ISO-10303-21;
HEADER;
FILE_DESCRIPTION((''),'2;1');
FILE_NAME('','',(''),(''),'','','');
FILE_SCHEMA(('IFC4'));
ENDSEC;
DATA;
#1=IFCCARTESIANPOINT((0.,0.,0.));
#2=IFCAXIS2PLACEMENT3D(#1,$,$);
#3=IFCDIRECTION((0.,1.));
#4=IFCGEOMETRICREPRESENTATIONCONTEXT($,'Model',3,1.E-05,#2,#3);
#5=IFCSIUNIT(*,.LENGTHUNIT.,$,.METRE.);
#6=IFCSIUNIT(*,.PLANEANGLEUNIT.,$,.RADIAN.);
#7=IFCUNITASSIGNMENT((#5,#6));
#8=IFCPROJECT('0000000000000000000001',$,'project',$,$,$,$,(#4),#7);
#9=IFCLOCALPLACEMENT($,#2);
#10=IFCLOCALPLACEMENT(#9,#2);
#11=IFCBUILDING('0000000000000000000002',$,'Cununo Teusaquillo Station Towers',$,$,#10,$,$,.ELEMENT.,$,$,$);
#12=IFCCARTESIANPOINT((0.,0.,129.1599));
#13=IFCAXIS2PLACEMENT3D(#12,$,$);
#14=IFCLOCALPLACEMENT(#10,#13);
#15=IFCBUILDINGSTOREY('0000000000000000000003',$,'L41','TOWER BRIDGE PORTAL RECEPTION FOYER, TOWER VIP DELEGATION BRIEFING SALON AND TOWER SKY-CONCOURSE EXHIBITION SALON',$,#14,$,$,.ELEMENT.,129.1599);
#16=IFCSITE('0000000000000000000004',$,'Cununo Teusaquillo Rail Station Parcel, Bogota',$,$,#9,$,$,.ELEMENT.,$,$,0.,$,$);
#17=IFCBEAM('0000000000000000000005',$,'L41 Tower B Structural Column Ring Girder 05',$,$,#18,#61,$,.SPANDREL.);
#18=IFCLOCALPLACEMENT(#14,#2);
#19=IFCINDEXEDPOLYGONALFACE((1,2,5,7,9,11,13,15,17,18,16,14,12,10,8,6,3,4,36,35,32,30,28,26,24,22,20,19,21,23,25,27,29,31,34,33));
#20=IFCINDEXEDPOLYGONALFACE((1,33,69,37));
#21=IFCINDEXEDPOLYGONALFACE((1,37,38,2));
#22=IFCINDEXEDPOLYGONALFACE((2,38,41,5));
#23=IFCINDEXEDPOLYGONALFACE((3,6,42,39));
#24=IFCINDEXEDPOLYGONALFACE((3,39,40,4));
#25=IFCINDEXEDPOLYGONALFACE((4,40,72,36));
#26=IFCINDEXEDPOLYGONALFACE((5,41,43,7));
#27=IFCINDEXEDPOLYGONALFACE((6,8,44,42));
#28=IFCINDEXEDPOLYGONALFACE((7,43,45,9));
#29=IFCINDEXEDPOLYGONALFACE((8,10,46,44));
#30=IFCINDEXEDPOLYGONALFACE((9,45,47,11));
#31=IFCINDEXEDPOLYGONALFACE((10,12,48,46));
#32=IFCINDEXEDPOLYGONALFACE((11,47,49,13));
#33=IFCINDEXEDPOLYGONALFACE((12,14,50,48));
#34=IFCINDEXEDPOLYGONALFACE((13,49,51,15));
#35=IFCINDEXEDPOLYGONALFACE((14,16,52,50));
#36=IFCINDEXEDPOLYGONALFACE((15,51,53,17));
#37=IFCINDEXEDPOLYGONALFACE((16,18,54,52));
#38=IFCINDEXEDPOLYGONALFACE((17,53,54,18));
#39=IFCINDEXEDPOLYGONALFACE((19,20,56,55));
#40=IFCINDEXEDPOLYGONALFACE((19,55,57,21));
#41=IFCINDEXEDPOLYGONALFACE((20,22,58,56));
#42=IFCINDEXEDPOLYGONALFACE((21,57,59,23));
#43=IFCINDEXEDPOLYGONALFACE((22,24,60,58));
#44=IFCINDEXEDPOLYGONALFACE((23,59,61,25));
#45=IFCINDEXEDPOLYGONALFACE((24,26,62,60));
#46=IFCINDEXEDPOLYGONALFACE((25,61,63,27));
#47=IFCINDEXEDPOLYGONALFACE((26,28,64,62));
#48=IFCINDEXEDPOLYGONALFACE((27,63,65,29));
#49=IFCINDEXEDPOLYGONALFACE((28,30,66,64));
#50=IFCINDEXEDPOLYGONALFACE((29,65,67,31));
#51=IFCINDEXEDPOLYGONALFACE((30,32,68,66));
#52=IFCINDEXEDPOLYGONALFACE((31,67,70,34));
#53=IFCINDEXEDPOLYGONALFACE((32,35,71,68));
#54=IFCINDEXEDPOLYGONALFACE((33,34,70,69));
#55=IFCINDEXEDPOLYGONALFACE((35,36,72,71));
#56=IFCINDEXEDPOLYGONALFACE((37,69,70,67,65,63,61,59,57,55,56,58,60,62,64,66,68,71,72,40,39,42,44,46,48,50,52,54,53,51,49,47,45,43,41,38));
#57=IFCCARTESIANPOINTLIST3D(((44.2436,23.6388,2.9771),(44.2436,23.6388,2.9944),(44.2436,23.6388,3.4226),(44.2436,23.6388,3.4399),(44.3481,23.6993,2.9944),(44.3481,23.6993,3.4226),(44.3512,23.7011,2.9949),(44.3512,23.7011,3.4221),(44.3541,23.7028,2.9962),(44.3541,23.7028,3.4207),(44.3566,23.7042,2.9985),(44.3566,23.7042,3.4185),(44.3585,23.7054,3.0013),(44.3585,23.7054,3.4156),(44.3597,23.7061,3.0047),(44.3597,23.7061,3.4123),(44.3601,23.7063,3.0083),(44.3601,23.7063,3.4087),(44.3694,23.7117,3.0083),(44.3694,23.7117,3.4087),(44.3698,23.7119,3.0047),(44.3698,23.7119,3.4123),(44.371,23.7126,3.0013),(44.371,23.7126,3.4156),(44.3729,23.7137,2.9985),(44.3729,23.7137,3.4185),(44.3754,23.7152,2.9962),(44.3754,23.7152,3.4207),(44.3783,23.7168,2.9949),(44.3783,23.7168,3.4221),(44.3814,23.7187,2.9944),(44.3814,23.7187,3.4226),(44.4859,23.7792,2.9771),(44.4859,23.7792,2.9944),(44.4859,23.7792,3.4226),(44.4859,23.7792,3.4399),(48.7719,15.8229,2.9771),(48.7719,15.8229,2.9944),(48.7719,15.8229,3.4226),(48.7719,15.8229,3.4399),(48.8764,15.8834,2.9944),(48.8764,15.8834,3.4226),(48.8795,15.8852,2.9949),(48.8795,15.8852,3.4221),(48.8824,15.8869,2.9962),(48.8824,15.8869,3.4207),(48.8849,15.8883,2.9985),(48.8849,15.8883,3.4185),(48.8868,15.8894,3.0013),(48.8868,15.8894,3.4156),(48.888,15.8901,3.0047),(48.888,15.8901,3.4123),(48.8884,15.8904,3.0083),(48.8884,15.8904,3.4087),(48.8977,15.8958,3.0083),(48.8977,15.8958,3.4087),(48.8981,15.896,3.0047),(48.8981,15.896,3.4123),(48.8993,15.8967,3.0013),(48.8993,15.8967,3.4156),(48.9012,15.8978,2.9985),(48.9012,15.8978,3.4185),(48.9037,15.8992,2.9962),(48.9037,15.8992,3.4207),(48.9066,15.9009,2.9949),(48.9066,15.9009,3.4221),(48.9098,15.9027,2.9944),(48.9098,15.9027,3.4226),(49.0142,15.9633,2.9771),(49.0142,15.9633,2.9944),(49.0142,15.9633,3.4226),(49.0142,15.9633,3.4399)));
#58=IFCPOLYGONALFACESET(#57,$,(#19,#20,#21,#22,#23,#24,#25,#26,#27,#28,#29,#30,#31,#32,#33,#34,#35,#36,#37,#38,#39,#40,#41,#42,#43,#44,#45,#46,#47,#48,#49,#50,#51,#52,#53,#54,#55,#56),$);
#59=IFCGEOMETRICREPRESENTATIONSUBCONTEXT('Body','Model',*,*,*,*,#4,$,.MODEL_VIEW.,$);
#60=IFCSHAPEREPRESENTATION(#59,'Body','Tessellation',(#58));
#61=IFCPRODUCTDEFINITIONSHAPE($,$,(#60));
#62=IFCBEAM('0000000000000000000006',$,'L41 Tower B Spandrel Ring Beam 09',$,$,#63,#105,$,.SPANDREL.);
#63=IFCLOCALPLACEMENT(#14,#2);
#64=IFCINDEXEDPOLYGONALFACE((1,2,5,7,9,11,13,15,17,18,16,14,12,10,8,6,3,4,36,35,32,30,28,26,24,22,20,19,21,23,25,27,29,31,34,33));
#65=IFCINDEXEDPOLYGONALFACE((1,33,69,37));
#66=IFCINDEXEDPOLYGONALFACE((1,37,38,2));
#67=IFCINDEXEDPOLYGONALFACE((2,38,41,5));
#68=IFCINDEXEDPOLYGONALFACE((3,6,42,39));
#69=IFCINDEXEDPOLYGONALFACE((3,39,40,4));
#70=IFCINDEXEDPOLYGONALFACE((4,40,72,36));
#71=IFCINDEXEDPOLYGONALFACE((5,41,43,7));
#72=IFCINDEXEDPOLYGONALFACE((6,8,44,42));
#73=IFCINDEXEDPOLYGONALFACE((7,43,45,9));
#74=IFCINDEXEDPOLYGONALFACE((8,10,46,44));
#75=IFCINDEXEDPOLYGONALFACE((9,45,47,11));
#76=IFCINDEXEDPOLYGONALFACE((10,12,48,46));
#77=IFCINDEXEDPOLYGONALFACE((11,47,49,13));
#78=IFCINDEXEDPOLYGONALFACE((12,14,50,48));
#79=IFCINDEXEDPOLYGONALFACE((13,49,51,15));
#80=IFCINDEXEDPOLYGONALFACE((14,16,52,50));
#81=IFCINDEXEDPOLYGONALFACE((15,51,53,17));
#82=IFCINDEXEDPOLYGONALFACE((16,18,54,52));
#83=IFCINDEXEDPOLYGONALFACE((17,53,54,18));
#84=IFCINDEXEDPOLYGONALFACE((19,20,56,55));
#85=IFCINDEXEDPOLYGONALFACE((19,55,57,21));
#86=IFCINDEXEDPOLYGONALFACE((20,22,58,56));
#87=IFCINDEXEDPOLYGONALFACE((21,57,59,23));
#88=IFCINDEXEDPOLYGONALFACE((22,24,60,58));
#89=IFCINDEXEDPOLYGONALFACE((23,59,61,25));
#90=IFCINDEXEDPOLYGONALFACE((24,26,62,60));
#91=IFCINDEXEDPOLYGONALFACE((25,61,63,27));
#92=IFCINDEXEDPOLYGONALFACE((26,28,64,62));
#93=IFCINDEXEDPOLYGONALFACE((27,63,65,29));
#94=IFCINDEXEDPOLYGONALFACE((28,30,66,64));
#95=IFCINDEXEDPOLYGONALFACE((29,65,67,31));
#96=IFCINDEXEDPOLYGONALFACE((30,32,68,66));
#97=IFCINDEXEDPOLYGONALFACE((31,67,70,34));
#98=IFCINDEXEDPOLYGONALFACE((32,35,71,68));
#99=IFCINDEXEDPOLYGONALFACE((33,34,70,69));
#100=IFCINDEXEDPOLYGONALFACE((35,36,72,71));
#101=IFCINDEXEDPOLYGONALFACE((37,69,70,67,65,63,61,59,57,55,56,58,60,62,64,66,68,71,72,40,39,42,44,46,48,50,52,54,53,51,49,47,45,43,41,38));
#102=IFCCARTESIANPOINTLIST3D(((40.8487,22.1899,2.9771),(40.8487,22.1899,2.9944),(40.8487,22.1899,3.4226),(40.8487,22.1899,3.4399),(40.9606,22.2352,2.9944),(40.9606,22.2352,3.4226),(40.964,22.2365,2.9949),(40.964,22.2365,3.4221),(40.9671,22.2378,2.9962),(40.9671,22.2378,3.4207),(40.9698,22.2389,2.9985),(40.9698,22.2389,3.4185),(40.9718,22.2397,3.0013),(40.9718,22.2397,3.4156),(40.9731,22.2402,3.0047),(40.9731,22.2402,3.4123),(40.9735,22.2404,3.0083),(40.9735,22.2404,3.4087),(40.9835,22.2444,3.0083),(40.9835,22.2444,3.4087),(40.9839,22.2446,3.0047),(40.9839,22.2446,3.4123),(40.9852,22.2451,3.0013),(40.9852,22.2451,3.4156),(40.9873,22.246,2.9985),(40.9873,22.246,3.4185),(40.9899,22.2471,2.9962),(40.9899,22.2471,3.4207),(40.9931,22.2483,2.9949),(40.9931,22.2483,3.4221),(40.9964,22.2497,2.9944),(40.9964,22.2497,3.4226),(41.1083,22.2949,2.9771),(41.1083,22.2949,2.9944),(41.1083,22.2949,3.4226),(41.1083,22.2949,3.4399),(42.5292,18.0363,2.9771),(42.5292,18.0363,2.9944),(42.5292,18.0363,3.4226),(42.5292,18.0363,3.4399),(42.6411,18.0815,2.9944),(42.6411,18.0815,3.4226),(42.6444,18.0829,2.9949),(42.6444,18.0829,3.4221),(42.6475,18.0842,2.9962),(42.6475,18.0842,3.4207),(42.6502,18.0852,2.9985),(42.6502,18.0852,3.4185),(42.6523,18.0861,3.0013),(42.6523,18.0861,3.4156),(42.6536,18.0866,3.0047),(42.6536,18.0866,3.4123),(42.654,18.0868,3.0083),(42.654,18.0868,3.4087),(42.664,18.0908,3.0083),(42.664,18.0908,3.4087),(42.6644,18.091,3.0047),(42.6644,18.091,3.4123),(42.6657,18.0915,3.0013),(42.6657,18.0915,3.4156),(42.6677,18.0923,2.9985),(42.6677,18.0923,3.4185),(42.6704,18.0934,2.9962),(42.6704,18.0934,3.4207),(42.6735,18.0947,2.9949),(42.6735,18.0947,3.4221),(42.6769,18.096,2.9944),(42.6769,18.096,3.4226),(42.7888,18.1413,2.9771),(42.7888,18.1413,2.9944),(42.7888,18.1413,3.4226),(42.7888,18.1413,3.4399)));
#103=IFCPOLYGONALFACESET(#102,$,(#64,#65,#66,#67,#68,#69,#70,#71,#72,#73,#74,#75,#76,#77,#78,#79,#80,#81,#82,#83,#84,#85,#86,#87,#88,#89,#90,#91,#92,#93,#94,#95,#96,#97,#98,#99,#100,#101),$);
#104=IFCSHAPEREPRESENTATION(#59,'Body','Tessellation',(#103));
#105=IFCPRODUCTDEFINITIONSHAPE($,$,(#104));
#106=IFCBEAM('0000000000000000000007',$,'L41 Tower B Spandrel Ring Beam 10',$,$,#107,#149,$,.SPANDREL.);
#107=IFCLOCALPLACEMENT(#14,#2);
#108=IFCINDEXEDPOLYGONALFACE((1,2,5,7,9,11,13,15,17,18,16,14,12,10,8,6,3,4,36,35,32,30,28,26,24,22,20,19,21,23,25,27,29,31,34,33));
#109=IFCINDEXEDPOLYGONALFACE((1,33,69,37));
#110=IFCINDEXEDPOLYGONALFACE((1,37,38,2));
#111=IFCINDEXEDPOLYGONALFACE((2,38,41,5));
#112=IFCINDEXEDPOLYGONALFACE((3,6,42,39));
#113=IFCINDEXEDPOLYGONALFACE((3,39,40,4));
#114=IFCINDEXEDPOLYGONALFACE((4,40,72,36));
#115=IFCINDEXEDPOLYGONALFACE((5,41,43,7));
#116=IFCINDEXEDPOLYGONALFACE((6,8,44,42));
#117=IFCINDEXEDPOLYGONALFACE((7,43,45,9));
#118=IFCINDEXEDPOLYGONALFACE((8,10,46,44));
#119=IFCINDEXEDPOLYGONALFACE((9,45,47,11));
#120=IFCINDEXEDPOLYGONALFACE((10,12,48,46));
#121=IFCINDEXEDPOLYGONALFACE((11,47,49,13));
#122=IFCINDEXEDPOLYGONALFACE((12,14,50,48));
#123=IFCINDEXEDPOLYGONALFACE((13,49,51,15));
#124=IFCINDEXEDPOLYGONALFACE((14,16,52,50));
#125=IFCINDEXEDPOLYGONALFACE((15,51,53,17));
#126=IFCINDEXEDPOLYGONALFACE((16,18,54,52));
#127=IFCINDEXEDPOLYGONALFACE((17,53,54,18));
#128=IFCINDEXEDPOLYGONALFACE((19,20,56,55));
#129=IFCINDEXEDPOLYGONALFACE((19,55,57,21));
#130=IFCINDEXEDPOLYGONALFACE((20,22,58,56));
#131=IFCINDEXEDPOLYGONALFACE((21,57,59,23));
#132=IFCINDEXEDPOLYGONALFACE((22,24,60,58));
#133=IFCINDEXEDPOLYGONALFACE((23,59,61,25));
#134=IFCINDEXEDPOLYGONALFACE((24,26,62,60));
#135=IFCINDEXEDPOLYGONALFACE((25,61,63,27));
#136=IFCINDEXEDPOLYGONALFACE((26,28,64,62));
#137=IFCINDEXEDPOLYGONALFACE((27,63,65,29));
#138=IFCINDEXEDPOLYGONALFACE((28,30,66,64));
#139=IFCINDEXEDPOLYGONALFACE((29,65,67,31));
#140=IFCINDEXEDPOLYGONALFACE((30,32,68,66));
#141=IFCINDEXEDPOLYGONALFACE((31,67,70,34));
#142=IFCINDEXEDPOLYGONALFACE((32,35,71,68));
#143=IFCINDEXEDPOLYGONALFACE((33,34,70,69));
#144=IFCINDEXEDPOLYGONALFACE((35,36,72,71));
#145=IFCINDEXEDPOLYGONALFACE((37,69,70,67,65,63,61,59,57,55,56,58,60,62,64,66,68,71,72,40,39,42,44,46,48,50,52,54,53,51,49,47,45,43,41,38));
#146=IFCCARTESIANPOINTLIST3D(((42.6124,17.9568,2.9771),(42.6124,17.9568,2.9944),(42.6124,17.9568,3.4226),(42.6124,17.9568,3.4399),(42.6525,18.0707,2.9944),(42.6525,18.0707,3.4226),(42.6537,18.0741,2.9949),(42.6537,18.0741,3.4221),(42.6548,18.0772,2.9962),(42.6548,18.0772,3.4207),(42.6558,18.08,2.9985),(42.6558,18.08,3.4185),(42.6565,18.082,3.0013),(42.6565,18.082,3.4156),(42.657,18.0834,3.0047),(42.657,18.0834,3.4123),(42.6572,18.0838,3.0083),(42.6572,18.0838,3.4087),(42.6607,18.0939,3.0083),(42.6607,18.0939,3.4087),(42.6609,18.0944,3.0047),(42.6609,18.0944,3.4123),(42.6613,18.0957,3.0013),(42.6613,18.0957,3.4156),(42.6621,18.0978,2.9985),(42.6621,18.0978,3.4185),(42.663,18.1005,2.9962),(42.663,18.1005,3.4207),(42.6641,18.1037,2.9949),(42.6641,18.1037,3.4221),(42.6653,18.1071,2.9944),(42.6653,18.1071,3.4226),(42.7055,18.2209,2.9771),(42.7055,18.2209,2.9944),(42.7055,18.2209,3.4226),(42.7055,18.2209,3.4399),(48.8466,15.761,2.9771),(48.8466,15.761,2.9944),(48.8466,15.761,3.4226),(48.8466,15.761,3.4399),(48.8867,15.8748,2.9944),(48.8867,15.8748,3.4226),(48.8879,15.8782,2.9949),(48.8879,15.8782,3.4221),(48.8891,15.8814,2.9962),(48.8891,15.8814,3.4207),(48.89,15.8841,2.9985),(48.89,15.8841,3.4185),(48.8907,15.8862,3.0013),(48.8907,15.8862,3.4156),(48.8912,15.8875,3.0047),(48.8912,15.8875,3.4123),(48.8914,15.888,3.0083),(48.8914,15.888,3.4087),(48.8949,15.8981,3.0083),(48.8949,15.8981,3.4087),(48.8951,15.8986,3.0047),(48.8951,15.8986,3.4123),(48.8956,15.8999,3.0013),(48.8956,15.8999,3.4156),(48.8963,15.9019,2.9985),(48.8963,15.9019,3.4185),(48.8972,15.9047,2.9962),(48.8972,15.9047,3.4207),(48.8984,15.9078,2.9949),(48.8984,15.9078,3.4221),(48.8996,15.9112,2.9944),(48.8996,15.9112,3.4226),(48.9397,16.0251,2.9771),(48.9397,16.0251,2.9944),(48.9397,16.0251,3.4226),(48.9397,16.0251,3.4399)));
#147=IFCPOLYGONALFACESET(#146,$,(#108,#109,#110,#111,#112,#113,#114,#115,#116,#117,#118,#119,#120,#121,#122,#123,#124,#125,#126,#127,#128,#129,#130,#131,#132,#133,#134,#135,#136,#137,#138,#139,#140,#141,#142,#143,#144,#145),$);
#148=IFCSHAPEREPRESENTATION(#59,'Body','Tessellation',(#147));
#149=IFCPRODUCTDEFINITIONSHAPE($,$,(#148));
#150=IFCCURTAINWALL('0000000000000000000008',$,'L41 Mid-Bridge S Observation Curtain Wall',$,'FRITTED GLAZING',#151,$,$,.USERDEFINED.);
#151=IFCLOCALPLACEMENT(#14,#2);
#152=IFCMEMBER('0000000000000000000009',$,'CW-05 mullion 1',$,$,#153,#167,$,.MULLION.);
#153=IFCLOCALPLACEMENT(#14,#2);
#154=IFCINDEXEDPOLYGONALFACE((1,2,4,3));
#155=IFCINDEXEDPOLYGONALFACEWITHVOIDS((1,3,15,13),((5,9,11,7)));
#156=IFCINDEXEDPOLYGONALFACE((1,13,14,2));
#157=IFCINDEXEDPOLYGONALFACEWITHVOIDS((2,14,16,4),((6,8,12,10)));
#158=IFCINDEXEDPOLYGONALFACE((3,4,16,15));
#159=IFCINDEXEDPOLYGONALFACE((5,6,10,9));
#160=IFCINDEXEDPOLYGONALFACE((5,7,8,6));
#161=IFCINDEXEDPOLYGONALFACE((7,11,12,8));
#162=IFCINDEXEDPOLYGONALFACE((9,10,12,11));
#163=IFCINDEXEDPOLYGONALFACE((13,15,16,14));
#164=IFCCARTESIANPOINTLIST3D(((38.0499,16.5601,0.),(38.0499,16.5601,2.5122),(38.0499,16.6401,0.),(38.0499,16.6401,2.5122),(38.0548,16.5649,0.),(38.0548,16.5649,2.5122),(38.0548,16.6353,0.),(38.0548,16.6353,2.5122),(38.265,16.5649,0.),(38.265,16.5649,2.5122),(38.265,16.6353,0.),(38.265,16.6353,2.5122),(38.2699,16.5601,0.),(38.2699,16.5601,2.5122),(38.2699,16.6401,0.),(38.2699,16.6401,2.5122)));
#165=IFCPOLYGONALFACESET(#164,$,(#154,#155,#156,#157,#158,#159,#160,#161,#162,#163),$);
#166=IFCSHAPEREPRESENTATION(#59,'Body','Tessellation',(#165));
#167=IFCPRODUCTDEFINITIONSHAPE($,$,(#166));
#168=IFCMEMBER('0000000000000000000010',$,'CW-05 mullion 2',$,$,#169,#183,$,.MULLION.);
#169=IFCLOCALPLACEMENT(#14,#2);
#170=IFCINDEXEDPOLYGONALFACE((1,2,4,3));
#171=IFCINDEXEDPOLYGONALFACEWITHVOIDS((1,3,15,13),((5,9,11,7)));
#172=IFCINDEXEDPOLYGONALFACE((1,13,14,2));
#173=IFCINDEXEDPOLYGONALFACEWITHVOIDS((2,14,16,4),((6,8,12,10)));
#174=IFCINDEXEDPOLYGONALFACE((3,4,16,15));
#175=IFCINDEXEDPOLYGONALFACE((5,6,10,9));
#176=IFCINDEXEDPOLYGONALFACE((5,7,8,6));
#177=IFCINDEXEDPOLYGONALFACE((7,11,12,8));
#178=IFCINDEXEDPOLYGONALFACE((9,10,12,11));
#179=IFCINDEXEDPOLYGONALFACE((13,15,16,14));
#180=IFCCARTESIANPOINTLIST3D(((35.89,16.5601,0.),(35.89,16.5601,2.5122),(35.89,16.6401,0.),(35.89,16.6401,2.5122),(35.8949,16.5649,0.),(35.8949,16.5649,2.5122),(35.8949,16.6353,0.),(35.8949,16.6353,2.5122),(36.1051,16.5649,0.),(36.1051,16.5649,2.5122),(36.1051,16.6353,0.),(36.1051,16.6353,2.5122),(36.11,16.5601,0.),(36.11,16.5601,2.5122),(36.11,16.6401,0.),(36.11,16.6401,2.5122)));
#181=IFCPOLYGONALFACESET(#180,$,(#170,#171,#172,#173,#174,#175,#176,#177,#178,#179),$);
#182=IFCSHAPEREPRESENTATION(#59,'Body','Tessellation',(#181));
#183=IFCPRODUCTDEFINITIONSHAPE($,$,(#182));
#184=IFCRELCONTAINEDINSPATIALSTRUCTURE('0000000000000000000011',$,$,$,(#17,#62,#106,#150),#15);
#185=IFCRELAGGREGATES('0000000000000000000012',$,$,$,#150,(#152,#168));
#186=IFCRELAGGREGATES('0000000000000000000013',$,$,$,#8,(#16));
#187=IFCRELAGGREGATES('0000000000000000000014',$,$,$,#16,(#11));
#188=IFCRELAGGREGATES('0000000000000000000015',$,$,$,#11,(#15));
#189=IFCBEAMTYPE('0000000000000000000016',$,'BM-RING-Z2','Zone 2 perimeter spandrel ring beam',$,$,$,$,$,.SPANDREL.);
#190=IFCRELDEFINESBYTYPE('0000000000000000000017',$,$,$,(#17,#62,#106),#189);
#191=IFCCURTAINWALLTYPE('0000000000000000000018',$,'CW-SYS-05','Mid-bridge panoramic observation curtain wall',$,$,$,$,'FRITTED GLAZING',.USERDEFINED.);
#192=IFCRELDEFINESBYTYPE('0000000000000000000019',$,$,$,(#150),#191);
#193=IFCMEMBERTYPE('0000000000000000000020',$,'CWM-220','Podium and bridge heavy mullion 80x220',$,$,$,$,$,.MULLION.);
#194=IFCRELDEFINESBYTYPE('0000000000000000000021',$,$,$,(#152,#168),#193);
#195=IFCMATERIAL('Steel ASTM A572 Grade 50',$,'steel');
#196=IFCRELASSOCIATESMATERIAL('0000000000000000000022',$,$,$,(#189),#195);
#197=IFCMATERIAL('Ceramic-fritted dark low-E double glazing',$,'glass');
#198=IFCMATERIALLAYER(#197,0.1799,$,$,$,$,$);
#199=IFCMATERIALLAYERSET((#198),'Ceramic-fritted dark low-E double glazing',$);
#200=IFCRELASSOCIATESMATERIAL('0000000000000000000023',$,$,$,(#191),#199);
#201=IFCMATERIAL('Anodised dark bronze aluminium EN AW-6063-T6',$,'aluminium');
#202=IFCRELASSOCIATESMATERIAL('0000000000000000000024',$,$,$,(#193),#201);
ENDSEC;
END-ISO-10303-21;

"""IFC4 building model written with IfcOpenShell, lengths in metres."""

from ifc_helpers import new_model, si_unit, direction, frame, origin, origin_2d, place, context, subcontext, project, spatial, hollow_rectangle, i_section, extrude, material, layer, layer_set, material_profile, profile_set, type_object, element, aggregate, save


model = new_model("IFC4")

# Units and contexts
model_context = context("Model", 3, precision=1e-05, world=origin(), true_north=direction((0.0, 1.0)))
body_context = subcontext(model_context, "Body", "Model", "MODEL_VIEW")
ifc_project = project(units=[si_unit("LENGTHUNIT", "METRE"), si_unit("PLANEANGLEUNIT", "RADIAN")], contexts=[model_context])

# Site, building, storey
site_placement = place(None, origin())
site = spatial("IfcSite", under=ifc_project, at=site_placement, Name="Cununo Teusaquillo Rail Station Parcel, Bogota", CompositionType="ELEMENT", RefElevation=0.0)
building_placement = place(site_placement, origin())
building = spatial("IfcBuilding", under=site, at=building_placement, Name="Cununo Teusaquillo Station Towers", CompositionType="ELEMENT")
storey_placement = place(building_placement, frame((0.0, 0.0, 129.1599)))
storey = spatial("IfcBuildingStorey", under=building, at=storey_placement, Name="L41", Description="TOWER BRIDGE PORTAL RECEPTION FOYER, TOWER VIP DELEGATION BRIEFING SALON AND TOWER SKY-CONCOURSE EXHIBITION SALON", CompositionType="ELEMENT", Elevation=129.1599)

# Beams
ifc_material_1 = material(Name="Steel ASTM A572 Grade 50", Category="steel")
ifc_material_profile_1 = material_profile(ifc_material_1, i_section(OverallWidth=0.28, OverallDepth=0.4629, WebThickness=0.0107, FlangeThickness=0.0173, FilletRadius=0.0139, at=origin_2d()), Name="W18X76")
ifc_profile_set_1 = profile_set([ifc_material_profile_1], Name="Steel ASTM A572 Grade 50")
beam_type_1 = type_object("IfcBeamType", Name="BM-RING-Z2", Description="Zone 2 perimeter spandrel ring beam", PredefinedType="SPANDREL", material=ifc_profile_set_1)
beam_1_placement = place(storey_placement, frame((44.3647, 23.709, 3.2085), z_axis=(0.501311, -0.865267, 0.0), x_axis=(0.865267, 0.501311, 0.0)))
element("IfcBeam", 1, at=beam_1_placement, inside=storey, type_object=beam_type_1, Name="L41 Tower B Structural Column Ring Girder 05", PredefinedType="SPANDREL", context=body_context, shape_type="SweptSolid", body=[
    extrude(i_section(OverallWidth=0.28, OverallDepth=0.4629, WebThickness=0.0107, FlangeThickness=0.0173, FilletRadius=0.0139, at=origin_2d()), origin(), (0.0, 0.0, 1.0), 9.033),
])
beam_2_placement = place(storey_placement, frame((40.9785, 22.2424, 3.2085), z_axis=(0.375042, -0.927008, 0.0), x_axis=(0.927008, 0.375042, 0.0)))
element("IfcBeam", 2, at=beam_2_placement, inside=storey, type_object=beam_type_1, Name="L41 Tower B Spandrel Ring Beam 09", PredefinedType="SPANDREL", context=body_context, shape_type="SweptSolid", body=[
    extrude(i_section(OverallWidth=0.28, OverallDepth=0.4629, WebThickness=0.0107, FlangeThickness=0.0173, FilletRadius=0.0139, at=origin_2d()), origin(), (0.0, 0.0, 1.0), 4.4807),
])
beam_3_placement = place(storey_placement, frame((42.6589, 18.0889, 3.2085), z_axis=(0.943203, -0.332217, 0.0), x_axis=(0.332217, 0.943203, 0.0)))
element("IfcBeam", 3, at=beam_3_placement, inside=storey, type_object=beam_type_1, Name="L41 Tower B Spandrel Ring Beam 10", PredefinedType="SPANDREL", context=body_context, shape_type="SweptSolid", body=[
    extrude(i_section(OverallWidth=0.28, OverallDepth=0.4629, WebThickness=0.0107, FlangeThickness=0.0173, FilletRadius=0.0139, at=origin_2d()), origin(), (0.0, 0.0, 1.0), 6.6096),
])

# Curtain wall, members
ifc_material_2 = material(Name="Ceramic-fritted dark low-E double glazing", Category="glass")
ifc_layer_1 = layer(ifc_material_2, 0.1799)
ifc_layer_set_1 = layer_set([ifc_layer_1], Name="Ceramic-fritted dark low-E double glazing")
curtain_wall_type = type_object("IfcCurtainWallType", Name="CW-SYS-05", Description="Mid-bridge panoramic observation curtain wall", ElementType="FRITTED GLAZING", PredefinedType="USERDEFINED", material=ifc_layer_set_1)
curtain_wall_placement = place(storey_placement, origin())
curtain_wall = element("IfcCurtainWall", 4, at=curtain_wall_placement, inside=storey, type_object=curtain_wall_type, Name="L41 Mid-Bridge S Observation Curtain Wall", ObjectType="FRITTED GLAZING", PredefinedType="USERDEFINED")
ifc_material_3 = material(Name="Anodised dark bronze aluminium EN AW-6063-T6", Category="aluminium")
ifc_material_profile_2 = material_profile(ifc_material_3, hollow_rectangle(XDim=0.0801, YDim=0.22, WallThickness=0.0049, at=origin_2d()), Name="CW-MULL-80x220")
ifc_profile_set_2 = profile_set([ifc_material_profile_2], Name="Anodised dark bronze aluminium EN AW-6063-T6")
member_type_1 = type_object("IfcMemberType", Name="CWM-220", Description="Podium and bridge heavy mullion 80x220", PredefinedType="MULLION", material=ifc_profile_set_2)
member_1_placement = place(storey_placement, frame((38.1599, 16.6001, 0.0), z_axis=(0.0, 0.0, 1.0), x_axis=(0.0, -1.0, 0.0)))
member_1 = element("IfcMember", 5, at=member_1_placement, type_object=member_type_1, Name="CW-05 mullion 1", PredefinedType="MULLION", context=body_context, shape_type="SweptSolid", body=[
    extrude(hollow_rectangle(XDim=0.0801, YDim=0.22, WallThickness=0.0049, at=origin_2d()), origin(), (0.0, 0.0, 1.0), 2.5122),
])
member_2_placement = place(storey_placement, frame((36.0, 16.6001, 0.0), z_axis=(0.0, 0.0, 1.0), x_axis=(0.0, -1.0, 0.0)))
member_2 = element("IfcMember", 6, at=member_2_placement, type_object=member_type_1, Name="CW-05 mullion 2", PredefinedType="MULLION", context=body_context, shape_type="SweptSolid", body=[
    extrude(hollow_rectangle(XDim=0.0801, YDim=0.22, WallThickness=0.0049, at=origin_2d()), origin(), (0.0, 0.0, 1.0), 2.5122),
])

aggregate(curtain_wall, [member_1, member_2])

save(model, "model.ifc")
